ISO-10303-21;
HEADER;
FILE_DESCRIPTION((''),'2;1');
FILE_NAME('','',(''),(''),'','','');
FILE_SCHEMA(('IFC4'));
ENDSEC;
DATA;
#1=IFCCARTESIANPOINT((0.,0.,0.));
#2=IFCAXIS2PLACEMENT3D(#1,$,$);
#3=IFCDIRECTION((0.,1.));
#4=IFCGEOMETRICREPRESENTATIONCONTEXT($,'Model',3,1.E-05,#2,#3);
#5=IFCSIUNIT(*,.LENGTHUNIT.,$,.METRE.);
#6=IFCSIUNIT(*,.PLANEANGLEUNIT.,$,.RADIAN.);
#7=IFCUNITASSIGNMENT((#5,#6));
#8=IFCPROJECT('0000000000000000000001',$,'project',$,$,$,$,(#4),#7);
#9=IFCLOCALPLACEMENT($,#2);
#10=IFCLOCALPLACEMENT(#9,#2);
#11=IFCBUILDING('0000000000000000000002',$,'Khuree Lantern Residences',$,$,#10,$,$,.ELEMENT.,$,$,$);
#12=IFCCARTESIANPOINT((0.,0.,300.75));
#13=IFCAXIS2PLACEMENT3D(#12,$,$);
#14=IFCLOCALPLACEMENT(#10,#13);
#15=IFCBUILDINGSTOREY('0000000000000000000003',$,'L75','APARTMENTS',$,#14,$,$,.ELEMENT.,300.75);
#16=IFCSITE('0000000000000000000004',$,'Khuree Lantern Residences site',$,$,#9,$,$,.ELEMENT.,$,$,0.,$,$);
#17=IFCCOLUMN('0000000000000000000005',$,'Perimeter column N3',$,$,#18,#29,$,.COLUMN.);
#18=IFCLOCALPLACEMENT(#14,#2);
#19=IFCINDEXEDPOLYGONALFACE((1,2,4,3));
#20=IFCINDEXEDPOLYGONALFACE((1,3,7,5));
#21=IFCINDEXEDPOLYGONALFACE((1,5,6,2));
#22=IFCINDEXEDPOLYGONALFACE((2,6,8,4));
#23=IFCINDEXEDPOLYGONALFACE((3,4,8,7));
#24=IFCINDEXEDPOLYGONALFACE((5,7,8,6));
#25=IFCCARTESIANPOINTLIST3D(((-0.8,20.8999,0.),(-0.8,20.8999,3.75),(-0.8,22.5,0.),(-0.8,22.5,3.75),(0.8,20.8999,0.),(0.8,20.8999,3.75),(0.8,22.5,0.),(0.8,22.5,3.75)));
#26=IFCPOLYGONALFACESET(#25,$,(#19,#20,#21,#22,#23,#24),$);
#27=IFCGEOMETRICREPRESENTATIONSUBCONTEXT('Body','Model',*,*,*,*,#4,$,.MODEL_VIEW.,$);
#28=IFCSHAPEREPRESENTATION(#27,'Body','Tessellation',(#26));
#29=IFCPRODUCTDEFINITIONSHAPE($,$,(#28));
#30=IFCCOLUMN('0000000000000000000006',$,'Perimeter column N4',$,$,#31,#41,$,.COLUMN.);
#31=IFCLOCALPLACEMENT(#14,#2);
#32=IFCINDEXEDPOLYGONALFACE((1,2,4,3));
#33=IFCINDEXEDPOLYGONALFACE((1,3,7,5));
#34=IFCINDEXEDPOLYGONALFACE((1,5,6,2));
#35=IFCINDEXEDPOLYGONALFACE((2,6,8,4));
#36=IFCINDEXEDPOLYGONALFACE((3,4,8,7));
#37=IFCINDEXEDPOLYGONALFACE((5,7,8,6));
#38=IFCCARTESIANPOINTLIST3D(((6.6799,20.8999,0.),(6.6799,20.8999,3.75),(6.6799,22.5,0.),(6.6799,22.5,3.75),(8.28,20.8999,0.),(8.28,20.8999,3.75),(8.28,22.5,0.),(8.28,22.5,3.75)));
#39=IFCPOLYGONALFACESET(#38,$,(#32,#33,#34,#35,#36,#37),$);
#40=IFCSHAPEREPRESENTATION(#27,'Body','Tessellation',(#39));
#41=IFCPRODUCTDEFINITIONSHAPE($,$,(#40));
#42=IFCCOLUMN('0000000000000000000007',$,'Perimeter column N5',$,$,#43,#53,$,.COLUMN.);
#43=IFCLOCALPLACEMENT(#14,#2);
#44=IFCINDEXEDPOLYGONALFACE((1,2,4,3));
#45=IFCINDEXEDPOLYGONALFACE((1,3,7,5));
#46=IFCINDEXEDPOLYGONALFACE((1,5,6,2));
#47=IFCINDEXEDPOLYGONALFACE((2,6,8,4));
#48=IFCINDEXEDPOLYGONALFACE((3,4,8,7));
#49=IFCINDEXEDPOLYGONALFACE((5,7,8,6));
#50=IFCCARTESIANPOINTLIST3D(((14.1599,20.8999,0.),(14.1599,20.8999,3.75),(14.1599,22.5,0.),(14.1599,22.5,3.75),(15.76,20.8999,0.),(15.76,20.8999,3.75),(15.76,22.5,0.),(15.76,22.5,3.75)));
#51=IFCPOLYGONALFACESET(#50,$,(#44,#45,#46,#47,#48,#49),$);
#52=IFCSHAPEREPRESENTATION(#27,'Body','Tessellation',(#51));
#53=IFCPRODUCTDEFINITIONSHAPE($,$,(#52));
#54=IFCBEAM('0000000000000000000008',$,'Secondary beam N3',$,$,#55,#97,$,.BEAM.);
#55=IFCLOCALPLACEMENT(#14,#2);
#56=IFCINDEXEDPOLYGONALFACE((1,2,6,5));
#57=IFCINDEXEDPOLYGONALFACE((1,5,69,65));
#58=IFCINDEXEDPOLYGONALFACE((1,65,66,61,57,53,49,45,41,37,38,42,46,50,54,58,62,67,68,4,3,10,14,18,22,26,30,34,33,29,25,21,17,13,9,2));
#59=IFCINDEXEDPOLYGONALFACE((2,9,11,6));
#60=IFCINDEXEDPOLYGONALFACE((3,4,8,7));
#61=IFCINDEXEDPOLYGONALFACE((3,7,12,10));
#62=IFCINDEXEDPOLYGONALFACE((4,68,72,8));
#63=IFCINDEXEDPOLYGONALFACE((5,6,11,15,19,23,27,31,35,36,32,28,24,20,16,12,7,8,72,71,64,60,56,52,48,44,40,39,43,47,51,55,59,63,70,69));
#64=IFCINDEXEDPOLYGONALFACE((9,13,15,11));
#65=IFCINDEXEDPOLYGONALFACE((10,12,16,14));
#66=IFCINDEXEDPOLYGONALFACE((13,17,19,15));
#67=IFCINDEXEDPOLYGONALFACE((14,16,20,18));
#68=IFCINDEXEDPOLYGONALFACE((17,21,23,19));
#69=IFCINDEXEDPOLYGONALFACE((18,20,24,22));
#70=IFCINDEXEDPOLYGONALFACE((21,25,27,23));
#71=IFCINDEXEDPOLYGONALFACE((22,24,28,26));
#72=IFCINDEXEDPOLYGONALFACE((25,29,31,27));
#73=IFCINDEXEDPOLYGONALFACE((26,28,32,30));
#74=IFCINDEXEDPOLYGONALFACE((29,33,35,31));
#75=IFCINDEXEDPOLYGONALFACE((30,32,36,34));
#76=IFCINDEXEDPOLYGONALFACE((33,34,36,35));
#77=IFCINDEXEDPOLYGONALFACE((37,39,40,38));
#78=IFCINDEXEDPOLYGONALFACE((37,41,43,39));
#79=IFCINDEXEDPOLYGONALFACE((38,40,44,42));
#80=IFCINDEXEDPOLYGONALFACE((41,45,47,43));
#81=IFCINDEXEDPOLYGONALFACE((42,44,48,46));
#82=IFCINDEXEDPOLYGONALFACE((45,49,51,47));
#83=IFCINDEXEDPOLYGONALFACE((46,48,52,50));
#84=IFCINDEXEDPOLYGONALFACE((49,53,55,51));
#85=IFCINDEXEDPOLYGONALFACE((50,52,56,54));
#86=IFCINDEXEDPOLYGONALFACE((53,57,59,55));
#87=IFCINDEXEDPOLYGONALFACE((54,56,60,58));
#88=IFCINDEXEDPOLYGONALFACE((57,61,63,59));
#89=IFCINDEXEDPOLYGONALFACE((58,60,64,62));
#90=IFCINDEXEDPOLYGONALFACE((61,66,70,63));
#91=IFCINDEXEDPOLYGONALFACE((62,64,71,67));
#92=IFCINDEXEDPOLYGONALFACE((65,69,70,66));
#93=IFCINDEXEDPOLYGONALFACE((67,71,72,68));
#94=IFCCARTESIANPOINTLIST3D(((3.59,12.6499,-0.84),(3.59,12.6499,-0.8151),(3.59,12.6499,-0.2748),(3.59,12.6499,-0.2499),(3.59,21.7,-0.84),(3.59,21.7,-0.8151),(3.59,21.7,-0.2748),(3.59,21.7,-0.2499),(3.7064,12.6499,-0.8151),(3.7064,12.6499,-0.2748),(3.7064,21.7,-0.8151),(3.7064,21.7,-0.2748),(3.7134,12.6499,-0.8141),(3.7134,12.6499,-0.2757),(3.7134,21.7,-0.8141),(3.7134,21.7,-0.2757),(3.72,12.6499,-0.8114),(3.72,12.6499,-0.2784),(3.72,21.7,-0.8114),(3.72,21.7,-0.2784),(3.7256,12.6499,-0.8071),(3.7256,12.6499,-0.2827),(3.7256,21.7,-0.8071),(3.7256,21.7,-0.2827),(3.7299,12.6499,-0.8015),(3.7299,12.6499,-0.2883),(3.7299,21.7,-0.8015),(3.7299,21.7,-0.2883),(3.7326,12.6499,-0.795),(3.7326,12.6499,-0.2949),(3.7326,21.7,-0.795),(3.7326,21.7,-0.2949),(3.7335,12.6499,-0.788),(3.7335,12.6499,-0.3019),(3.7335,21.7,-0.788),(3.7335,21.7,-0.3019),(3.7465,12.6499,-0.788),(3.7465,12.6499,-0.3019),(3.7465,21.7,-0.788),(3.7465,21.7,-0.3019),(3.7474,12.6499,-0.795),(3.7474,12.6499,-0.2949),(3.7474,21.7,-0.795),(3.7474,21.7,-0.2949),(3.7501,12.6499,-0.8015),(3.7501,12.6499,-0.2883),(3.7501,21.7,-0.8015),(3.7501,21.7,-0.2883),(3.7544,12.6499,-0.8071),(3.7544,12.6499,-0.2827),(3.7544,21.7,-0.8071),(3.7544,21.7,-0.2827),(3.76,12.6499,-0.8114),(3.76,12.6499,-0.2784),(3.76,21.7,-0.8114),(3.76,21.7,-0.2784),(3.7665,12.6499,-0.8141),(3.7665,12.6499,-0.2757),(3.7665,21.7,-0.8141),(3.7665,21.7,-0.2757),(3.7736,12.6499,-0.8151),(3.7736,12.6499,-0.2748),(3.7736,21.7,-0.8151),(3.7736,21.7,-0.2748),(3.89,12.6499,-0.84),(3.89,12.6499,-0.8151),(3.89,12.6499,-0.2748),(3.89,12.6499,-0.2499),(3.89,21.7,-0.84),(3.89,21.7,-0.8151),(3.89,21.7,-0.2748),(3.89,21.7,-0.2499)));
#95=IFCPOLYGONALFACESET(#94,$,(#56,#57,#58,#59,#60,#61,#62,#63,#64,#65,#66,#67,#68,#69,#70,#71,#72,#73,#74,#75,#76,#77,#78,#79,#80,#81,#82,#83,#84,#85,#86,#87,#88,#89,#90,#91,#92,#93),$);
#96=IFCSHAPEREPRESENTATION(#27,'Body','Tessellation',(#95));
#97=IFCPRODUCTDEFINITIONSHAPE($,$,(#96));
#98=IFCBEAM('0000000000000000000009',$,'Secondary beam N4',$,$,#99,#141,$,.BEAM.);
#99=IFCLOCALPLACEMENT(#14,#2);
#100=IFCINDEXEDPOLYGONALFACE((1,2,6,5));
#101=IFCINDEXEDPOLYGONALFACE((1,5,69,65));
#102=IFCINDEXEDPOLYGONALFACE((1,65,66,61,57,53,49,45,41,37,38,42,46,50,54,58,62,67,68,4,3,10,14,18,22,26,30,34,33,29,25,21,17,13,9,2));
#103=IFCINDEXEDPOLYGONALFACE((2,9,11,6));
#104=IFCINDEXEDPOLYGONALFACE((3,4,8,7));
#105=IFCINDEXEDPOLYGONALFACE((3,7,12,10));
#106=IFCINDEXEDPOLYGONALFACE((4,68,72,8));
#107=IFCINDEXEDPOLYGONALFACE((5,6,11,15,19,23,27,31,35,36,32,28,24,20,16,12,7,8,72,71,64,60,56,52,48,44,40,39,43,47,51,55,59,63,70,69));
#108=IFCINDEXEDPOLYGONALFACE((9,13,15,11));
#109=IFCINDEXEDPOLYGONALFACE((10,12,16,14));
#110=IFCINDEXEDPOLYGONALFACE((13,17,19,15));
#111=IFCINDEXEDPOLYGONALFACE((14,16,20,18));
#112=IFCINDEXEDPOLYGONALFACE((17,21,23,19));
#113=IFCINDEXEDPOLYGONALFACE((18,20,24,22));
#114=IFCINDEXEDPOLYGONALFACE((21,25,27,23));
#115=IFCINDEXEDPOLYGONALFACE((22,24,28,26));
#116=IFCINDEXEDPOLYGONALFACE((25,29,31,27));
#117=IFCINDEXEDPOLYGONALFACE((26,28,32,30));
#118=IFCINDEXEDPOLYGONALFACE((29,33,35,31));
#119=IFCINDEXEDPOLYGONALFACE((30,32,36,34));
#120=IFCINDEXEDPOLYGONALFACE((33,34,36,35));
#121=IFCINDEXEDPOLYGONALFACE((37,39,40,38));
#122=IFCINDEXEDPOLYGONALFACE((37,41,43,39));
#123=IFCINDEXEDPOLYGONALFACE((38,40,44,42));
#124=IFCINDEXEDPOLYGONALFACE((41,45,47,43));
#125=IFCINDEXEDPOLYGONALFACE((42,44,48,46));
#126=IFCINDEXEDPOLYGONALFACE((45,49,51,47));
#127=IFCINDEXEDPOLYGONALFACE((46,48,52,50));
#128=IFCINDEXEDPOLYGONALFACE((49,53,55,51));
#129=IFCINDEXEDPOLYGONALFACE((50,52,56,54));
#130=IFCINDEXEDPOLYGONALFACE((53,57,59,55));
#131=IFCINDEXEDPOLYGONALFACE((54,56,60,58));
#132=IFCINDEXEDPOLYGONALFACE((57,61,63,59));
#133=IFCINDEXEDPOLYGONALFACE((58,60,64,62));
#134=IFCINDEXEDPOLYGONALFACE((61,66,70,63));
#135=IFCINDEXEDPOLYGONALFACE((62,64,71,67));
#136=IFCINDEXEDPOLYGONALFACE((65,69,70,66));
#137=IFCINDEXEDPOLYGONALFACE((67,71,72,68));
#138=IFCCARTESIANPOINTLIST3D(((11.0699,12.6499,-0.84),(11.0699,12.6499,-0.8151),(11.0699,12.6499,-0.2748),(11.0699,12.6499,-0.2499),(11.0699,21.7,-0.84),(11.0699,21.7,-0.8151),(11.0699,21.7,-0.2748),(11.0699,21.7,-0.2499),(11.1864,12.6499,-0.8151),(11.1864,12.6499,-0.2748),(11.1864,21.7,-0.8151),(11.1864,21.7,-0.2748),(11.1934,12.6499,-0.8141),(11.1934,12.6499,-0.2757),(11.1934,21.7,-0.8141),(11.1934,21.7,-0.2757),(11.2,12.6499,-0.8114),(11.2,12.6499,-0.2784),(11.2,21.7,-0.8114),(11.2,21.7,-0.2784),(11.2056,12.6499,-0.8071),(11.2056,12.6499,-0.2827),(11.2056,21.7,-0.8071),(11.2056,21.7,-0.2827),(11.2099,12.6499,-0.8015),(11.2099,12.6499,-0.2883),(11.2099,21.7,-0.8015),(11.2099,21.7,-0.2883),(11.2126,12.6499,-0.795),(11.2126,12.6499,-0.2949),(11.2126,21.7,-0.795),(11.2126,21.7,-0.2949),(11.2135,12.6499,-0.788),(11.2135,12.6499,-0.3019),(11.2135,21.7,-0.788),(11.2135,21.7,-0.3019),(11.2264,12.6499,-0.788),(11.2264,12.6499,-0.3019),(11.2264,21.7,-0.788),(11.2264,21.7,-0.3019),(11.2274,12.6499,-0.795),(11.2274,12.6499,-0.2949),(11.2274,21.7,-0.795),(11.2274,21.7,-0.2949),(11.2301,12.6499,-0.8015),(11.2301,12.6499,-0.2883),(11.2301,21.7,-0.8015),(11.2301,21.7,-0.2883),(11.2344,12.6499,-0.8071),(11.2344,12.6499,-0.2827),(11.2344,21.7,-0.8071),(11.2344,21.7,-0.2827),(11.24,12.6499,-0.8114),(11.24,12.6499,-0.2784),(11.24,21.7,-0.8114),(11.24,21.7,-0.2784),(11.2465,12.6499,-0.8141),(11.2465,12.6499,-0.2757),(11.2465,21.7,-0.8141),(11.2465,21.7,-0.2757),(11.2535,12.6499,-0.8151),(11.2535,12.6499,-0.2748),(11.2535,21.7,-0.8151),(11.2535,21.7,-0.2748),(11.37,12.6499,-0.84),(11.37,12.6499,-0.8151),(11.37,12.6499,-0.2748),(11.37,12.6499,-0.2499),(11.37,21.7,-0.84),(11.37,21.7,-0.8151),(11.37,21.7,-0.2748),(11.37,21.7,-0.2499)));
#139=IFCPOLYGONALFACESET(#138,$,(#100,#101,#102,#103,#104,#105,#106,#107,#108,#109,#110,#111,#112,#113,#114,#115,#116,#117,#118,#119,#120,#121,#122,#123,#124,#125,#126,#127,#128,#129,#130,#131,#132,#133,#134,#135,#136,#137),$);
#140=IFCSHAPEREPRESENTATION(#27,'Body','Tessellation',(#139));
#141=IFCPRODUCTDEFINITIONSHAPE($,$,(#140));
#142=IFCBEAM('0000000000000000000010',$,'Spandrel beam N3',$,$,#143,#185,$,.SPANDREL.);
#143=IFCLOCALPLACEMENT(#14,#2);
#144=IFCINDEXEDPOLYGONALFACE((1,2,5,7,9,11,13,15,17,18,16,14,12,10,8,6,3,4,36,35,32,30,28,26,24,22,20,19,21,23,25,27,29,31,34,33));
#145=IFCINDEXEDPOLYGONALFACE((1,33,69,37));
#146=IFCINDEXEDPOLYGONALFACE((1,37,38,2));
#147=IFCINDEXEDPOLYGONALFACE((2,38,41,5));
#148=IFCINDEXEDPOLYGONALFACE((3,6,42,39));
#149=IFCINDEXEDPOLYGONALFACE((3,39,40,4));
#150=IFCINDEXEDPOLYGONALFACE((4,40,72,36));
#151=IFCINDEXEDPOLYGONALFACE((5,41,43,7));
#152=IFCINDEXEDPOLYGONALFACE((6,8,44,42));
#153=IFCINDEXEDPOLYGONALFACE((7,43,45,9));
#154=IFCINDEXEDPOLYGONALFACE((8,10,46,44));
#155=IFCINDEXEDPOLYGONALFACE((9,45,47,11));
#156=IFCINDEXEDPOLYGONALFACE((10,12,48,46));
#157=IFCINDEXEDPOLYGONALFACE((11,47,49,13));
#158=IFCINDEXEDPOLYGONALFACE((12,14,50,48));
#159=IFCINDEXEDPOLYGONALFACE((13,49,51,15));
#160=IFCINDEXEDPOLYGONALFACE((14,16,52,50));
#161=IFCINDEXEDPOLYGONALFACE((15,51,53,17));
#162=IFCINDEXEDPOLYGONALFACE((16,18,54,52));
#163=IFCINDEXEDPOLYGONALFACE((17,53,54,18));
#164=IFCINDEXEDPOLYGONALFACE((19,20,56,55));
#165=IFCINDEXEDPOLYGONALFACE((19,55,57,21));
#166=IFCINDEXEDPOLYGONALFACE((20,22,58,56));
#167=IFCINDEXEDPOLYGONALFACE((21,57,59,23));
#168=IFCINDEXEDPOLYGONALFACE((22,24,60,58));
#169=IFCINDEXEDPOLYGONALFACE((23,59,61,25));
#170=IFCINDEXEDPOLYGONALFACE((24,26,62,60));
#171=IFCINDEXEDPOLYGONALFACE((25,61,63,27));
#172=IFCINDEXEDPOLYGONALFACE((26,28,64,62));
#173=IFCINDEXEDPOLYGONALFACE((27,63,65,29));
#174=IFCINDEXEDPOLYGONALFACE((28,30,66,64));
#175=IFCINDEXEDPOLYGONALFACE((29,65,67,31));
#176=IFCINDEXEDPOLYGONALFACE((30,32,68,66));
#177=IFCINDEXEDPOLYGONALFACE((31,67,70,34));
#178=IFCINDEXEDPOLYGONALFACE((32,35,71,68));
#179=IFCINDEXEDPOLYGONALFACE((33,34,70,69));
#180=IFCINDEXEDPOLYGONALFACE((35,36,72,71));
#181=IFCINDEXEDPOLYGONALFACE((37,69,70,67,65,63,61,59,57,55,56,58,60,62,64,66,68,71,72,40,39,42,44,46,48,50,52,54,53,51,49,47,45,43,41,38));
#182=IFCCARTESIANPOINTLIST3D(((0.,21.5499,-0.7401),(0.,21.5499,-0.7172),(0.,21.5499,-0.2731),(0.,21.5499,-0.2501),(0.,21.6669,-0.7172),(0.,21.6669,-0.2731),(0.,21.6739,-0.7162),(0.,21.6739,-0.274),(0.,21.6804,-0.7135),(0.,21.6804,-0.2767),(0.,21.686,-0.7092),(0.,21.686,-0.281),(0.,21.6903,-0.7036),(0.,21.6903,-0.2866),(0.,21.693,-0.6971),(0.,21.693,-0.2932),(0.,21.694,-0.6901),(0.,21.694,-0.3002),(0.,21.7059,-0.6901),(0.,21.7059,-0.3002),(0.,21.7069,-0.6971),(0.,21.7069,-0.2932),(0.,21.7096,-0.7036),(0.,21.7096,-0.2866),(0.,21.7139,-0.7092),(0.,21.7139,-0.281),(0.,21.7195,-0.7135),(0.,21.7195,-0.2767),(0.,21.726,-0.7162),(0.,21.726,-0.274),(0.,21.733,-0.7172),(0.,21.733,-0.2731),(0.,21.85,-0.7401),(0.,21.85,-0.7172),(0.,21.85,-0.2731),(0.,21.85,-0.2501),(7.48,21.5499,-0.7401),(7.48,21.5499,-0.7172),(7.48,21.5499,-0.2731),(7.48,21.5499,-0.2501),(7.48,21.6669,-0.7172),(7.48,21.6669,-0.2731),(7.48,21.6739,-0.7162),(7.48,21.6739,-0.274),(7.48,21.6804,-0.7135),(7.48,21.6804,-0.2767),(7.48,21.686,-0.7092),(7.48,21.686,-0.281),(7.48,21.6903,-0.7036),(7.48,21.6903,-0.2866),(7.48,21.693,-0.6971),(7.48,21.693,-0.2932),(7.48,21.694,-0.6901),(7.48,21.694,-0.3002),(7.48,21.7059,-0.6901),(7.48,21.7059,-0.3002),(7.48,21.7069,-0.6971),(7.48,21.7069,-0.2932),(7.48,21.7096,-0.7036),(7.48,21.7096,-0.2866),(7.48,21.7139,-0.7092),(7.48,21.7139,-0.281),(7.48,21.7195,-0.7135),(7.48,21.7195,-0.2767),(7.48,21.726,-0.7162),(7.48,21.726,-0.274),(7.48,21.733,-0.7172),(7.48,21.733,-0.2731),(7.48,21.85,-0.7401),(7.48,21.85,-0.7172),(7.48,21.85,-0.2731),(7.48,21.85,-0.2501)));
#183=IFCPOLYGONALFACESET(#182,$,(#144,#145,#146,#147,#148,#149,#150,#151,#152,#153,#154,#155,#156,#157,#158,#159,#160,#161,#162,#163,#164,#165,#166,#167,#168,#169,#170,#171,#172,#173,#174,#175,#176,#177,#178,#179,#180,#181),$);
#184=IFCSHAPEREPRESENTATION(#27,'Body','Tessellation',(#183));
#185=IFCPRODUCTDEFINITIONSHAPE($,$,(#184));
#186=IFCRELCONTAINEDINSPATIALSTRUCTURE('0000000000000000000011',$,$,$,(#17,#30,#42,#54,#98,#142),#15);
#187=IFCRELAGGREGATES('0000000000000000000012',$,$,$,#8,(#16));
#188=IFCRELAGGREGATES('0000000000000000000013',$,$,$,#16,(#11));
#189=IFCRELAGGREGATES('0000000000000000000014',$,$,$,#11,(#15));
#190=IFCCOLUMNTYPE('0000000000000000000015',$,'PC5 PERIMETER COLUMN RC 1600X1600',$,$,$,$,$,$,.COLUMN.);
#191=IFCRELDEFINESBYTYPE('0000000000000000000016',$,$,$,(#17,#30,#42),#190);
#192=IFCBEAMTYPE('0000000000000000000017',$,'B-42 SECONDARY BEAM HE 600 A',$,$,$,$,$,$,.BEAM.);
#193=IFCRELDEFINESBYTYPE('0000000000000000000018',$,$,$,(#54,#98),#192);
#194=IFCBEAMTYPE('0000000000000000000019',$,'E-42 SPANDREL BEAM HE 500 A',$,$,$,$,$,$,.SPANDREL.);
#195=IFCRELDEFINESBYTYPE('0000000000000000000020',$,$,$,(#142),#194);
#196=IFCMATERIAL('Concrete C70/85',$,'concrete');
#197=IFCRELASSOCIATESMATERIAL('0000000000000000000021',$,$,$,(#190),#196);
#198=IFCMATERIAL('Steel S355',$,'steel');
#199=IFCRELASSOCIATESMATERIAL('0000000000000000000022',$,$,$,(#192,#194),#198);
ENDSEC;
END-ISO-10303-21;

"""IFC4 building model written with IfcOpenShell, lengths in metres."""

from ifc_helpers import new_model, si_unit, direction, frame, origin, origin_2d, place, context, subcontext, project, spatial, rectangle, i_section, extrude, material, material_profile, profile_set, type_object, element, save


model = new_model("IFC4")

# Units and contexts
model_context = context("Model", 3, precision=1e-05, world=origin(), true_north=direction((0.0, 1.0)))
body_context = subcontext(model_context, "Body", "Model", "MODEL_VIEW")
ifc_project = project(units=[si_unit("LENGTHUNIT", "METRE"), si_unit("PLANEANGLEUNIT", "RADIAN")], contexts=[model_context])

# Site, building, storey
site_placement = place(None, origin())
site = spatial("IfcSite", under=ifc_project, at=site_placement, Name="Khuree Lantern Residences site", CompositionType="ELEMENT", RefElevation=0.0)
building_placement = place(site_placement, origin())
building = spatial("IfcBuilding", under=site, at=building_placement, Name="Khuree Lantern Residences", CompositionType="ELEMENT")
storey_placement = place(building_placement, frame((0.0, 0.0, 300.75)))
storey = spatial("IfcBuildingStorey", under=building, at=storey_placement, Name="L75", Description="APARTMENTS", CompositionType="ELEMENT", Elevation=300.75)

# Columns
ifc_material_1 = material(Name="Concrete C70/85", Category="concrete")
ifc_material_profile_1 = material_profile(ifc_material_1, rectangle(XDim=1.6001, YDim=1.6001, at=origin_2d()), Name="RC 1600X1600")
ifc_profile_set_1 = profile_set([ifc_material_profile_1], Name="Concrete C70/85")
column_type = type_object("IfcColumnType", Name="PC5 PERIMETER COLUMN RC 1600X1600", PredefinedType="COLUMN", material=ifc_profile_set_1)
for number, where, z_axis, x_axis, name in (
    (1, (0.0, 21.7, 0.0), (0.0, 0.0, 1.0), (1.0, 0.0, 0.0), "Perimeter column N3"),
    (2, (7.48, 21.7, 0.0), (0.0, 0.0, 1.0), (1.0, 0.0, 0.0), "Perimeter column N4"),
    (3, (14.96, 21.7, 0.0), (0.0, 0.0, 1.0), (1.0, 0.0, 0.0), "Perimeter column N5"),
):
    element("IfcColumn", number, at=place(storey_placement, frame(where, z_axis=z_axis, x_axis=x_axis)), inside=storey, type_object=column_type, Name=name, PredefinedType="COLUMN", context=body_context, shape_type="SweptSolid", body=[
        extrude(rectangle(XDim=1.6001, YDim=1.6001, at=origin_2d()), origin(), (0.0, 0.0, 1.0), 3.75),
    ])

# Beams
ifc_material_2 = material(Name="Steel S355", Category="steel")
ifc_material_profile_2 = material_profile(ifc_material_2, i_section(OverallWidth=0.3, OverallDepth=0.5901, WebThickness=0.0129, FlangeThickness=0.0249, FilletRadius=0.0271, at=origin_2d()), Name="HE 600 A")
ifc_profile_set_2 = profile_set([ifc_material_profile_2], Name="Steel S355")
beam_type_1 = type_object("IfcBeamType", Name="B-42 SECONDARY BEAM HE 600 A", PredefinedType="BEAM", material=ifc_profile_set_2)
for number, where, z_axis, x_axis, name in (
    (4, (3.74, 21.7, -0.5449), (0.0, -1.0, 0.0), (1.0, 0.0, 0.0), "Secondary beam N3"),
    (5, (11.22, 21.7, -0.5449), (0.0, -1.0, 0.0), (1.0, 0.0, 0.0), "Secondary beam N4"),
):
    element("IfcBeam", number, at=place(storey_placement, frame(where, z_axis=z_axis, x_axis=x_axis)), inside=storey, type_object=beam_type_1, Name=name, PredefinedType="BEAM", context=body_context, shape_type="SweptSolid", body=[
        extrude(i_section(OverallWidth=0.3, OverallDepth=0.5901, WebThickness=0.0129, FlangeThickness=0.0249, FilletRadius=0.0271, at=origin_2d()), origin(), (0.0, 0.0, 1.0), 9.05),
    ])
ifc_material_profile_3 = material_profile(ifc_material_2, i_section(OverallWidth=0.3, OverallDepth=0.49, WebThickness=0.012, FlangeThickness=0.0229, FilletRadius=0.0271, at=origin_2d()), Name="HE 500 A")
ifc_profile_set_3 = profile_set([ifc_material_profile_3], Name="Steel S355")
beam_type_2 = type_object("IfcBeamType", Name="E-42 SPANDREL BEAM HE 500 A", PredefinedType="SPANDREL", material=ifc_profile_set_3)
for number, where, z_axis, x_axis, name in (
    (6, (0.0, 21.7, -0.4951), (1.0, 0.0, 0.0), (0.0, 1.0, 0.0), "Spandrel beam N3"),
):
    element("IfcBeam", number, at=place(storey_placement, frame(where, z_axis=z_axis, x_axis=x_axis)), inside=storey, type_object=beam_type_2, Name=name, PredefinedType="SPANDREL", context=body_context, shape_type="SweptSolid", body=[
        extrude(i_section(OverallWidth=0.3, OverallDepth=0.49, WebThickness=0.012, FlangeThickness=0.0229, FilletRadius=0.0271, at=origin_2d()), origin(), (0.0, 0.0, 1.0), 7.48),
    ])

save(model, "model.ifc")
